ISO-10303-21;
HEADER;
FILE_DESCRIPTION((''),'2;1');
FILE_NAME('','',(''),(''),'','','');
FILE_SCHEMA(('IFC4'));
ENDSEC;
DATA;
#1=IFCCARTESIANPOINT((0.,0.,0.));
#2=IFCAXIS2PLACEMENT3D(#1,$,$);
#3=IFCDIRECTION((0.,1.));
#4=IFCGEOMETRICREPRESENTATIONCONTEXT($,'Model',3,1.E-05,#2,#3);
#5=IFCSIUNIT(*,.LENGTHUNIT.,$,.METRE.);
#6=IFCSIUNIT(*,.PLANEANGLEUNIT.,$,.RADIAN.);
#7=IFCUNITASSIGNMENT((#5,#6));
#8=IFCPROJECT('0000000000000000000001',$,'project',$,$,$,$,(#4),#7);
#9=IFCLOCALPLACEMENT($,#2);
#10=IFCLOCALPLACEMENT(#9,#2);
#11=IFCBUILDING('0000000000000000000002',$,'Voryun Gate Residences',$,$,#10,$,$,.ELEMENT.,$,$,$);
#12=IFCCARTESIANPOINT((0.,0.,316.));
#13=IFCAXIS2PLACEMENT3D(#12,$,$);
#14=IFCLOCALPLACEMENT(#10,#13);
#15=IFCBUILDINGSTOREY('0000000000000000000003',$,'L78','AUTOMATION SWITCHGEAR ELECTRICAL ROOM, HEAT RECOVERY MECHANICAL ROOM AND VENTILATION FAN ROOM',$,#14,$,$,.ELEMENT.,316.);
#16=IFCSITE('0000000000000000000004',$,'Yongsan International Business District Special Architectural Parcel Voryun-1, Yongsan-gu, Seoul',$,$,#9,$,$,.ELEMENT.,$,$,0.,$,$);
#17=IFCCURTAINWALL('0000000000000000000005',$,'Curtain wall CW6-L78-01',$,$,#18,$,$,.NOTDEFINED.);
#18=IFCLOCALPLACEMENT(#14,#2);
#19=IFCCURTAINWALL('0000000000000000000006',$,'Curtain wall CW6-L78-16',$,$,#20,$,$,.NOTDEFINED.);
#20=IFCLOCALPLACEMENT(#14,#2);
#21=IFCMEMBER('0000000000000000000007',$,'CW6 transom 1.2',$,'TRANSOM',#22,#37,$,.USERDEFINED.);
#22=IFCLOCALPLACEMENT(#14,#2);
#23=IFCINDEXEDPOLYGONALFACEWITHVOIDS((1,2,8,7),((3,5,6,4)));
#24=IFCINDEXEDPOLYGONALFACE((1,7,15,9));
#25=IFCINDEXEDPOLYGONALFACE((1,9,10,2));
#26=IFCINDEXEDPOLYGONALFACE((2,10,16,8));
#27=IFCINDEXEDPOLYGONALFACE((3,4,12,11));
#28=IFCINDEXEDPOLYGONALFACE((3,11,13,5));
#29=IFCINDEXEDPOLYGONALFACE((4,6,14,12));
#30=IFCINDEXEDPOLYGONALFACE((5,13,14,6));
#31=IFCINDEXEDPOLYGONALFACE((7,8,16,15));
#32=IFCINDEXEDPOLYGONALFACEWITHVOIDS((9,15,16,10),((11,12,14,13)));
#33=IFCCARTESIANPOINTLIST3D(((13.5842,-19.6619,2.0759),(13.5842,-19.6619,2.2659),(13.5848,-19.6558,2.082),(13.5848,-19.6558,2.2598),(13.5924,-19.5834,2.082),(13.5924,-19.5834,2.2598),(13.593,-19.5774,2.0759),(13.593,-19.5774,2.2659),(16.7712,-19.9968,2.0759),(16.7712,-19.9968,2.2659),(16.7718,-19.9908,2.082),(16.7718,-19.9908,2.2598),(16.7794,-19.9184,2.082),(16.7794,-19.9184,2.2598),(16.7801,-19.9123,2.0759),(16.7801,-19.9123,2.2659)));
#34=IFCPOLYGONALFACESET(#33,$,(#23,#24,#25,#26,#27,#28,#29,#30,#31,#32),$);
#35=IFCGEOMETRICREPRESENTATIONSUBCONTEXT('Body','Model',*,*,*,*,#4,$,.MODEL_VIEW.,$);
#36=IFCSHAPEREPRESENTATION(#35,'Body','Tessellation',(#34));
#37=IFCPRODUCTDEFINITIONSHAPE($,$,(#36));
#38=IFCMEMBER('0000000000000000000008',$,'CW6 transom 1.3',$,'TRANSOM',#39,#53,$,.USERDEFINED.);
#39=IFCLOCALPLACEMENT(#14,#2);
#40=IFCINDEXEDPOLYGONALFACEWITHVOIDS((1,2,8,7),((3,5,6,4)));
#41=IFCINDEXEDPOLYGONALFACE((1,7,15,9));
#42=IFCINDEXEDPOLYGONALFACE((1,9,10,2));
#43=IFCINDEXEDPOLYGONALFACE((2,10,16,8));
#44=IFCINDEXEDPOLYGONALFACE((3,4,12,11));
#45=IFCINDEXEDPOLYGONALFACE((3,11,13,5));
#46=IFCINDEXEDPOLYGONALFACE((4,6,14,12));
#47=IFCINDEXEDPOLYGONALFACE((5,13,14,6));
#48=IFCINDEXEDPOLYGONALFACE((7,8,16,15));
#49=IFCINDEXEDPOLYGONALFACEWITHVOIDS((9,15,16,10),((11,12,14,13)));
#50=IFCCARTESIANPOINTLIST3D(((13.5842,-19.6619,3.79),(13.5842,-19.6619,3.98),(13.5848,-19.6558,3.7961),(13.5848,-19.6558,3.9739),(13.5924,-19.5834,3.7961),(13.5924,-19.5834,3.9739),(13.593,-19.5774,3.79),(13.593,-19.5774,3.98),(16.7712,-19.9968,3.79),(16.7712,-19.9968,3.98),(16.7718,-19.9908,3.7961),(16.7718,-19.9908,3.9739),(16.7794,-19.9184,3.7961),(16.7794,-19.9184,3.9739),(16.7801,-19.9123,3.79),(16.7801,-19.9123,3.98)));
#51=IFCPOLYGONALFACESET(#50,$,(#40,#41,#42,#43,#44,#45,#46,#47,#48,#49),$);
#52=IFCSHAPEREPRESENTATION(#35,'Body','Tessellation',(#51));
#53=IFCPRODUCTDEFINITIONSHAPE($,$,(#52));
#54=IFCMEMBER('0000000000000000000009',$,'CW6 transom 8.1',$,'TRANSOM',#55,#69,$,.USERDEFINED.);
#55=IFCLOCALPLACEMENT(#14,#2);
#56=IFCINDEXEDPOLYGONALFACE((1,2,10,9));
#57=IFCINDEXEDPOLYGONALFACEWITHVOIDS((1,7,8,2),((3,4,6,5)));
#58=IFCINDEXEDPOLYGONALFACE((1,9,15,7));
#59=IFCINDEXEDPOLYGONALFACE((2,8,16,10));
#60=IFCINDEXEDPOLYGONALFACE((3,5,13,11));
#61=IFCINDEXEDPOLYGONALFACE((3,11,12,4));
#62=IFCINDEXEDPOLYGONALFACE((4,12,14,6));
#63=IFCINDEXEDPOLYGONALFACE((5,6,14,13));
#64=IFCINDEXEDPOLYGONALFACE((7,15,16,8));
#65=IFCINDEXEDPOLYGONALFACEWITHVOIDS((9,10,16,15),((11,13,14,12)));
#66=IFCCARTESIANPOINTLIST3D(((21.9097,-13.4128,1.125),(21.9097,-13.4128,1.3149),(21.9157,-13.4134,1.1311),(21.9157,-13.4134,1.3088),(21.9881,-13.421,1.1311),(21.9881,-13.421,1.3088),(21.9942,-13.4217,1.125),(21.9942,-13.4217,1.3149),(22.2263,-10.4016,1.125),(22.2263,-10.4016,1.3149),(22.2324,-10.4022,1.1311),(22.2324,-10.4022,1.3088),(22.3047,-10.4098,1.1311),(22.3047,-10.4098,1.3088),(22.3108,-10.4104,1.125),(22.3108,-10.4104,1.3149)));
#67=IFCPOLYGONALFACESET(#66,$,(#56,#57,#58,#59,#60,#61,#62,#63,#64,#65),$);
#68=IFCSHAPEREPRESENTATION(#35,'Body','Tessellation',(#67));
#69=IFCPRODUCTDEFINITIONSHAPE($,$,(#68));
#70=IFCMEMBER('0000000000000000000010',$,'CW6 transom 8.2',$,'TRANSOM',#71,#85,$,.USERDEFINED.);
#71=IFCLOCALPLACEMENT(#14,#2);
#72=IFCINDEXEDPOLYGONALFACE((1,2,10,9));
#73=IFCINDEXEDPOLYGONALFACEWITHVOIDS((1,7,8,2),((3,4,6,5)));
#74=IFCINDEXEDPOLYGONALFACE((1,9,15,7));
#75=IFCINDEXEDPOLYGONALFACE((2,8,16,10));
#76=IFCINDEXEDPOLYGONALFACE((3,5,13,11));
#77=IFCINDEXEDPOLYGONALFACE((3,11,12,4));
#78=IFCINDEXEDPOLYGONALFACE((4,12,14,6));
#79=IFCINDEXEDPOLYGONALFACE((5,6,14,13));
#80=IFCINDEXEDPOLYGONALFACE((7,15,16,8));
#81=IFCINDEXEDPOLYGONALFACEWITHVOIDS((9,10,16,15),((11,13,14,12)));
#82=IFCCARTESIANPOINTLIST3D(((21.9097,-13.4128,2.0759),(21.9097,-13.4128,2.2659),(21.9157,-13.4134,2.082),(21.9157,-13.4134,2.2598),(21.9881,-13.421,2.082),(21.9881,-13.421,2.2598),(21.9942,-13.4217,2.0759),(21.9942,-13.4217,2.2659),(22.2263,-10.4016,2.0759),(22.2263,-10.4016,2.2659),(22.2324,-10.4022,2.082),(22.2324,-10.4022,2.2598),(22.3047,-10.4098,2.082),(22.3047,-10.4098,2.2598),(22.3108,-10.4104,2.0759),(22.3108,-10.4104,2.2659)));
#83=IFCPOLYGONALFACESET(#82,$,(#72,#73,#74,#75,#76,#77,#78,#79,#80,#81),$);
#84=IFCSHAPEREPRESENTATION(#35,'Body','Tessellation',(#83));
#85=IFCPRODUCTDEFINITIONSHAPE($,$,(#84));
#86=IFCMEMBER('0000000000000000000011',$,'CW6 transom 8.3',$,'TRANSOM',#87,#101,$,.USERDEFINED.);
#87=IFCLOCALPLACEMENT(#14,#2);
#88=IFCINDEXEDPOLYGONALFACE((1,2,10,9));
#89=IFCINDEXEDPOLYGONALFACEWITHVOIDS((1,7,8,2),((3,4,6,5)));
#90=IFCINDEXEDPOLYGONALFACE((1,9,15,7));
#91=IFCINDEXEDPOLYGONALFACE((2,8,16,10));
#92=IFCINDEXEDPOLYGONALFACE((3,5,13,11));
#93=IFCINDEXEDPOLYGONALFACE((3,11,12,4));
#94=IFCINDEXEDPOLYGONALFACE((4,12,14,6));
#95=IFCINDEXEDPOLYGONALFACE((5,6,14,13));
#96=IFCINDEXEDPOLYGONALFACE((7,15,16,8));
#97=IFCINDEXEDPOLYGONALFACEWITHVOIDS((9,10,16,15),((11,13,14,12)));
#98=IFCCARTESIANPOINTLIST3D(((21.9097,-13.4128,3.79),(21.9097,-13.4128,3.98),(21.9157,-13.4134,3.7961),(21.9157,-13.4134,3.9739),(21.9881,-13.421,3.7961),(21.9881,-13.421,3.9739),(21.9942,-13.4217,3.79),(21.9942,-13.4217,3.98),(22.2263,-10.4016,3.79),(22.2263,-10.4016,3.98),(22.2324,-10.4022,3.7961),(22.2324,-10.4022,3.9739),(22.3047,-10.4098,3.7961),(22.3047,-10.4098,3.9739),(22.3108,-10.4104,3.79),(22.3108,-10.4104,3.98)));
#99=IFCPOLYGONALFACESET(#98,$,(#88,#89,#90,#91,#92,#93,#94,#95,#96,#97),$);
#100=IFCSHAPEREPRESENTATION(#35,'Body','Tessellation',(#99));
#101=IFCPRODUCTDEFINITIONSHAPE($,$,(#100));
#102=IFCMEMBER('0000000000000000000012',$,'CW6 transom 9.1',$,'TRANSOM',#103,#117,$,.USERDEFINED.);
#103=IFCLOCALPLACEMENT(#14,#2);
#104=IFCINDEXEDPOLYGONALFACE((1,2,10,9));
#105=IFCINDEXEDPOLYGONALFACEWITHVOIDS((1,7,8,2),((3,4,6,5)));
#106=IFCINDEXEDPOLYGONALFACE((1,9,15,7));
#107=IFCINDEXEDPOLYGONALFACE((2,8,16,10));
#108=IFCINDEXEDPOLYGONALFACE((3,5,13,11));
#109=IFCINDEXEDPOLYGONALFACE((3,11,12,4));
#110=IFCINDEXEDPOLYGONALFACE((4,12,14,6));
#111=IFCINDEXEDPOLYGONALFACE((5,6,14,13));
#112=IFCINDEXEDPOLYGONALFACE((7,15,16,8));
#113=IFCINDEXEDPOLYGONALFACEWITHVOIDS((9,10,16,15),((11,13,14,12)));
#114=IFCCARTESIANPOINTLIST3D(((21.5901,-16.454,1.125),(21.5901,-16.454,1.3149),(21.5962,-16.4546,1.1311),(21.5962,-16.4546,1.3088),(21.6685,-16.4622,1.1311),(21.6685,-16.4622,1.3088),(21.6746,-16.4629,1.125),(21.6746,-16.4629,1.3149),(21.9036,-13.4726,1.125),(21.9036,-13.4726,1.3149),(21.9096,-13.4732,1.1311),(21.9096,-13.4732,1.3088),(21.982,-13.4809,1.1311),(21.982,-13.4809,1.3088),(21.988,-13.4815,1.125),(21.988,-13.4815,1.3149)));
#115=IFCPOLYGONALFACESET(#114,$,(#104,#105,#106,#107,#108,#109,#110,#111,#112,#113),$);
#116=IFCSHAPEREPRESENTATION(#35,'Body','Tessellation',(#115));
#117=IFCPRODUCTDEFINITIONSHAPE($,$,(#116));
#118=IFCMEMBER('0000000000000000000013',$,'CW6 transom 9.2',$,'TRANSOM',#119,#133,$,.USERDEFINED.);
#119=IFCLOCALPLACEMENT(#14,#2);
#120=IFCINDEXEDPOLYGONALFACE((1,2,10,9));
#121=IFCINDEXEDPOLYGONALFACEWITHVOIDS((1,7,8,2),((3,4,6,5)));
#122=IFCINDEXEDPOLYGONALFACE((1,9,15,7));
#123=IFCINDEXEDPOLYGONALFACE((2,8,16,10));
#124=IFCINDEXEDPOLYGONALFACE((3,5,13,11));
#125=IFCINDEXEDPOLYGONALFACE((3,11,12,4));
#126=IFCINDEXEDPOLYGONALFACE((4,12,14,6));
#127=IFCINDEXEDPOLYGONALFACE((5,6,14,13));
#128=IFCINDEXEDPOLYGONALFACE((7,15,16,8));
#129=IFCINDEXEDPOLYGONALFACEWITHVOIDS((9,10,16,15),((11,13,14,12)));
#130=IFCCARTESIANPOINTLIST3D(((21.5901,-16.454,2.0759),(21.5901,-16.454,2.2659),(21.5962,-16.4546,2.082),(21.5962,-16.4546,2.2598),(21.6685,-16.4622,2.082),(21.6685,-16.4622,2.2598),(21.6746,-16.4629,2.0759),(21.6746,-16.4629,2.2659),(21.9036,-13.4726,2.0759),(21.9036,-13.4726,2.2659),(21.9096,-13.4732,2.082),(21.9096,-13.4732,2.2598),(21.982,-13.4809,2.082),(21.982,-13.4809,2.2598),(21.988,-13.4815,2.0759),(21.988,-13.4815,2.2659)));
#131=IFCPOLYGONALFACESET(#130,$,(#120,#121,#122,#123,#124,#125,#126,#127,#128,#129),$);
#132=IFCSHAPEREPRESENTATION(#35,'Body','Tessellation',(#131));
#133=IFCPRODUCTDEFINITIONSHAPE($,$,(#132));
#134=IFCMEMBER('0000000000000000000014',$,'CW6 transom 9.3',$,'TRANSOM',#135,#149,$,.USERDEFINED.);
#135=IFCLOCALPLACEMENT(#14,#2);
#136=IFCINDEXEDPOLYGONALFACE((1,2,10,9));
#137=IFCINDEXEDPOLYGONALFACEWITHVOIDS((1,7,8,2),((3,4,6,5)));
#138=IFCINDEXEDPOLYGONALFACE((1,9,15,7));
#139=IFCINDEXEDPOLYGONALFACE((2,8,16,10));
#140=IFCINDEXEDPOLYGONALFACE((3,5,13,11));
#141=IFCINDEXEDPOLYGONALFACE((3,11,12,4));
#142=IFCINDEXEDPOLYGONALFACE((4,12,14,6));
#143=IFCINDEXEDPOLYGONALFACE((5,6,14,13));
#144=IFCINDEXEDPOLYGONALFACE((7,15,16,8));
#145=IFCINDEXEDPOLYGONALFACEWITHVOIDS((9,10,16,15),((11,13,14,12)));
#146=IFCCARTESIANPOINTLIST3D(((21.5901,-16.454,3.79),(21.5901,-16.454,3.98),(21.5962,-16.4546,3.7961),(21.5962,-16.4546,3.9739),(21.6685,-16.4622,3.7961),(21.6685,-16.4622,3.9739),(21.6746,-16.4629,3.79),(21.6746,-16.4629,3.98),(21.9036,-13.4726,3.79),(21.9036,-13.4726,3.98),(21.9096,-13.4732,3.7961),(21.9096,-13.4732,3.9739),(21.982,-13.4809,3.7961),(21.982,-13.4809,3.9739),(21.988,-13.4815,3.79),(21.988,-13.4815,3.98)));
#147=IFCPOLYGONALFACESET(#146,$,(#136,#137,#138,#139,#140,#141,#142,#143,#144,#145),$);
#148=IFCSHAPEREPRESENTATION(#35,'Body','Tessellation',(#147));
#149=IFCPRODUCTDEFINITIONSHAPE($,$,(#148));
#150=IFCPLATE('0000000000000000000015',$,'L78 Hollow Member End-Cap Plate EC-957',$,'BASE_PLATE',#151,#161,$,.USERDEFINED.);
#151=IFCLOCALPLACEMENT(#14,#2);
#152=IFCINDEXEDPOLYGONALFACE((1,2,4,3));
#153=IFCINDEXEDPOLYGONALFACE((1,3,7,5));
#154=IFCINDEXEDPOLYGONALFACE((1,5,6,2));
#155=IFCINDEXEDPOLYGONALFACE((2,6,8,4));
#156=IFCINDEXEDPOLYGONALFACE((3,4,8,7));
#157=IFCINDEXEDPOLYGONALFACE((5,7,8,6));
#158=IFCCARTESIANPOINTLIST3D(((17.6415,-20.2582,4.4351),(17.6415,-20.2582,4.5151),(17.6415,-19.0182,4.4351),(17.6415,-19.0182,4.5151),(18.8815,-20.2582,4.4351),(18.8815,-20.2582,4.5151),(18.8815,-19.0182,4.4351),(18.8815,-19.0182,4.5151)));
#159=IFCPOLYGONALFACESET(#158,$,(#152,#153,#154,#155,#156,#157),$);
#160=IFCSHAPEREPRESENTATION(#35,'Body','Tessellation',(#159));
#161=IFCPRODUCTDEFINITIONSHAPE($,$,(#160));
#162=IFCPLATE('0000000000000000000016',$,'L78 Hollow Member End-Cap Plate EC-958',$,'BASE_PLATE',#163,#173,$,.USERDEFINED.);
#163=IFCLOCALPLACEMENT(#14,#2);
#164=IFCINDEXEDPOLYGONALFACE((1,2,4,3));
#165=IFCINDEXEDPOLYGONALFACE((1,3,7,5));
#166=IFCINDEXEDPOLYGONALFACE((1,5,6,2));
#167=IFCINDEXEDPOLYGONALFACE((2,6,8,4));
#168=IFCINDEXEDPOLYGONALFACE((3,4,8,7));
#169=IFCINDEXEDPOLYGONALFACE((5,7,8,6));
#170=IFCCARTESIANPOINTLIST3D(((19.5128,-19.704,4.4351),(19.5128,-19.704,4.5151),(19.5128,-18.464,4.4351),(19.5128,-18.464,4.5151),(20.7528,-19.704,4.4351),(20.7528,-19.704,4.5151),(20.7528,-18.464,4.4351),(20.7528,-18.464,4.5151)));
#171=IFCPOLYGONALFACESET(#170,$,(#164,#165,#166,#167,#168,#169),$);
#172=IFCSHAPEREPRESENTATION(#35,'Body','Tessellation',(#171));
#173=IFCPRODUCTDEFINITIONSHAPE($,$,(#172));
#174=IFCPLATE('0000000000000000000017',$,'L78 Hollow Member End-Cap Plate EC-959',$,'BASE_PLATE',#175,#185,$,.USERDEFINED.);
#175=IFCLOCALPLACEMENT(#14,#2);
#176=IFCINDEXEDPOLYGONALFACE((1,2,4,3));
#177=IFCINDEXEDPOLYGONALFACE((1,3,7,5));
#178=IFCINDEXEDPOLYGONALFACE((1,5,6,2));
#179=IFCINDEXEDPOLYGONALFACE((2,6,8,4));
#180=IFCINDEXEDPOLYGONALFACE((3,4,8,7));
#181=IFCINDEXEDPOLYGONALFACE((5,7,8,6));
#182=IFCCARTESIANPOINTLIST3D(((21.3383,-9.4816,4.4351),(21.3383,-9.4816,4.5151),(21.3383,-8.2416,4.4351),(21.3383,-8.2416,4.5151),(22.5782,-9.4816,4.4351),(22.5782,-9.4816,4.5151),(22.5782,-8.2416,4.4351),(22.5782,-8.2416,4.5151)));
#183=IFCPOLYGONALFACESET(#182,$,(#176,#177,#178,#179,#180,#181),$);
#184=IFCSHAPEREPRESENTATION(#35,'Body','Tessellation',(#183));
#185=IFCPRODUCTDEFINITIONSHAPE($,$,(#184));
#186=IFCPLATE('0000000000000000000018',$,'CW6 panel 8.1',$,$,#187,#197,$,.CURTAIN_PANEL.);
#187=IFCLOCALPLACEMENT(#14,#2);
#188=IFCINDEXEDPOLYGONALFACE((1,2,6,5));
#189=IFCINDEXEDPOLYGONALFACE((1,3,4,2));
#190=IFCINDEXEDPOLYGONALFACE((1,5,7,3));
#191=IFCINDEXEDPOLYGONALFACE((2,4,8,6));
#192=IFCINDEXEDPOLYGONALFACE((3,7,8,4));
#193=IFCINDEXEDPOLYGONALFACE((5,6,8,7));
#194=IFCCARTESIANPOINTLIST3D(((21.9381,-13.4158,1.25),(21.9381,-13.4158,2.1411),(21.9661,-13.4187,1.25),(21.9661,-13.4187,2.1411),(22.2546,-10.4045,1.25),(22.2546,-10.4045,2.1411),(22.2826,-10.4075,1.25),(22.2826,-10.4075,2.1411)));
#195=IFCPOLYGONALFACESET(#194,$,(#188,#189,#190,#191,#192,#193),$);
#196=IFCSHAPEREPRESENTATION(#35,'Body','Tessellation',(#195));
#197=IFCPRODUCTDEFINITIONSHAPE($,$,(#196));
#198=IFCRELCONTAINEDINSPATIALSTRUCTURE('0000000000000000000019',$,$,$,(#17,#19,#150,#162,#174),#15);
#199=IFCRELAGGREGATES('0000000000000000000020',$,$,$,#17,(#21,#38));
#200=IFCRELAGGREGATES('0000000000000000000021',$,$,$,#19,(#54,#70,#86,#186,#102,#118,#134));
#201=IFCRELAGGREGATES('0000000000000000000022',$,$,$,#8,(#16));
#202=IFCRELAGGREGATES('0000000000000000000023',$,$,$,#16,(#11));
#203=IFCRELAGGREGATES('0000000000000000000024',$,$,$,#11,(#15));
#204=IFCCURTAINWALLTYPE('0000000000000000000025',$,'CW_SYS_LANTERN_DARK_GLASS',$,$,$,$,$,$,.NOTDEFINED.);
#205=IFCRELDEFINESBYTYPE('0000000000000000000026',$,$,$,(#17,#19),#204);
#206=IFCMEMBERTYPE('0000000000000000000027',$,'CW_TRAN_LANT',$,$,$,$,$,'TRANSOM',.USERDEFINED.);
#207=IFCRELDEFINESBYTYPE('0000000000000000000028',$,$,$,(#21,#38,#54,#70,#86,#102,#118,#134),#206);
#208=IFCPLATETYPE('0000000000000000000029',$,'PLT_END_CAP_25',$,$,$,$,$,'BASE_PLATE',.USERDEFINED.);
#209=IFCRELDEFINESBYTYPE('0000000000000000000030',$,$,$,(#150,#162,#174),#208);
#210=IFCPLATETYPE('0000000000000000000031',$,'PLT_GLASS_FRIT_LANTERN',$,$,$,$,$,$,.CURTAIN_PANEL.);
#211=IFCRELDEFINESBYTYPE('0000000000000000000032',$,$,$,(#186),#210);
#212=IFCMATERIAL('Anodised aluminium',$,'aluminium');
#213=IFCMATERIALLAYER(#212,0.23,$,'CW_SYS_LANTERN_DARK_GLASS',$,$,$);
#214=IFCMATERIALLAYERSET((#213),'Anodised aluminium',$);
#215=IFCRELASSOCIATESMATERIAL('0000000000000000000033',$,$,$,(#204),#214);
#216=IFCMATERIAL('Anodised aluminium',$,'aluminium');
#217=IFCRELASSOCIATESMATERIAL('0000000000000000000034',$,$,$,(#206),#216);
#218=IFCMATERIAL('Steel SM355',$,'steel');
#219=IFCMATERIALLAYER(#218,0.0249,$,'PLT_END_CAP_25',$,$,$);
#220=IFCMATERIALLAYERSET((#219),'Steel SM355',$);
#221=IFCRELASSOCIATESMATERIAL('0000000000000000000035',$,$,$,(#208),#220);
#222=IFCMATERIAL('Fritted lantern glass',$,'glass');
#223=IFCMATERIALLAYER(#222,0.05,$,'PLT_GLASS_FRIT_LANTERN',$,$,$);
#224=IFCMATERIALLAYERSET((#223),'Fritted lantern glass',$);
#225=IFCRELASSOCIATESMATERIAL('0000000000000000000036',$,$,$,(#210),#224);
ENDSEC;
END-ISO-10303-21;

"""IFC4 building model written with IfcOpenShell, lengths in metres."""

from ifc_helpers import new_model, si_unit, direction, frame, origin, origin_2d, place, context, subcontext, project, spatial, rectangle, hollow_rectangle, extrude, material, layer, layer_set, material_profile, profile_set, type_object, element, aggregate, save


model = new_model("IFC4")

# Units and contexts
model_context = context("Model", 3, precision=1e-05, world=origin(), true_north=direction((0.0, 1.0)))
body_context = subcontext(model_context, "Body", "Model", "MODEL_VIEW")
ifc_project = project(units=[si_unit("LENGTHUNIT", "METRE"), si_unit("PLANEANGLEUNIT", "RADIAN")], contexts=[model_context])

# Site, building, storey
site_placement = place(None, origin())
site = spatial("IfcSite", under=ifc_project, at=site_placement, Name="Yongsan International Business District Special Architectural Parcel Voryun-1, Yongsan-gu, Seoul", CompositionType="ELEMENT", RefElevation=0.0)
building_placement = place(site_placement, origin())
building = spatial("IfcBuilding", under=site, at=building_placement, Name="Voryun Gate Residences", CompositionType="ELEMENT")
storey_placement = place(building_placement, frame((0.0, 0.0, 316.0)))
storey = spatial("IfcBuildingStorey", under=building, at=storey_placement, Name="L78", Description="AUTOMATION SWITCHGEAR ELECTRICAL ROOM, HEAT RECOVERY MECHANICAL ROOM AND VENTILATION FAN ROOM", CompositionType="ELEMENT", Elevation=316.0)

# Curtain wall
ifc_material_1 = material(Name="Anodised aluminium", Category="aluminium")
ifc_layer_1 = layer(ifc_material_1, 0.23, Name="CW_SYS_LANTERN_DARK_GLASS")
ifc_layer_set_1 = layer_set([ifc_layer_1], Name="Anodised aluminium")
curtain_wall_type = type_object("IfcCurtainWallType", Name="CW_SYS_LANTERN_DARK_GLASS", PredefinedType="NOTDEFINED", material=ifc_layer_set_1)
curtain_wall_1_placement = place(storey_placement, origin())
curtain_wall_1 = element("IfcCurtainWall", 1, at=curtain_wall_1_placement, inside=storey, type_object=curtain_wall_type, Name="Curtain wall CW6-L78-01", PredefinedType="NOTDEFINED")

# Curtain wall
curtain_wall_2_placement = place(storey_placement, origin())
curtain_wall_2 = element("IfcCurtainWall", 2, at=curtain_wall_2_placement, inside=storey, type_object=curtain_wall_type, Name="Curtain wall CW6-L78-16", PredefinedType="NOTDEFINED")

# Members
ifc_material_2 = material(Name="Anodised aluminium", Category="aluminium")
ifc_material_profile_1 = material_profile(ifc_material_2, hollow_rectangle(XDim=0.085, YDim=0.1899, WallThickness=0.0061, at=origin_2d()), Name="ALU-TRAN-190x85x6")
ifc_profile_set_1 = profile_set([ifc_material_profile_1], Name="Anodised aluminium")
member_type_1 = type_object("IfcMemberType", Name="CW_TRAN_LANT", ElementType="TRANSOM", PredefinedType="USERDEFINED", material=ifc_profile_set_1)
member_1_placement = place(storey_placement, frame((16.7756, -19.9546, 2.1709), z_axis=(-0.994522, 0.104526, 0.0), x_axis=(-0.104526, -0.994522, 0.0)))
member_1 = element("IfcMember", 3, at=member_1_placement, type_object=member_type_1, Name="CW6 transom 1.2", ObjectType="TRANSOM", PredefinedType="USERDEFINED", context=body_context, shape_type="SweptSolid", body=[
    extrude(hollow_rectangle(XDim=0.085, YDim=0.1899, WallThickness=0.0061, at=origin_2d()), origin(), (0.0, 0.0, 1.0), 3.2046),
])
member_2_placement = place(storey_placement, frame((16.7756, -19.9546, 3.885), z_axis=(-0.994522, 0.104526, 0.0), x_axis=(-0.104526, -0.994522, 0.0)))
member_2 = element("IfcMember", 4, at=member_2_placement, type_object=member_type_1, Name="CW6 transom 1.3", ObjectType="TRANSOM", PredefinedType="USERDEFINED", context=body_context, shape_type="SweptSolid", body=[
    extrude(hollow_rectangle(XDim=0.085, YDim=0.1899, WallThickness=0.0061, at=origin_2d()), origin(), (0.0, 0.0, 1.0), 3.2046),
])
aggregate(curtain_wall_1, [member_1, member_2])
member_3_placement = place(storey_placement, frame((22.2686, -10.406, 1.22), z_axis=(-0.10458, -0.994516, 0.0), x_axis=(0.994516, -0.10458, 0.0)))
member_3 = element("IfcMember", 5, at=member_3_placement, type_object=member_type_1, Name="CW6 transom 8.1", ObjectType="TRANSOM", PredefinedType="USERDEFINED", context=body_context, shape_type="SweptSolid", body=[
    extrude(hollow_rectangle(XDim=0.085, YDim=0.1899, WallThickness=0.0061, at=origin_2d()), origin(), (0.0, 0.0, 1.0), 3.0278),
])
member_4_placement = place(storey_placement, frame((22.2686, -10.406, 2.1709), z_axis=(-0.10458, -0.994516, 0.0), x_axis=(0.994516, -0.10458, 0.0)))
member_4 = element("IfcMember", 6, at=member_4_placement, type_object=member_type_1, Name="CW6 transom 8.2", ObjectType="TRANSOM", PredefinedType="USERDEFINED", context=body_context, shape_type="SweptSolid", body=[
    extrude(hollow_rectangle(XDim=0.085, YDim=0.1899, WallThickness=0.0061, at=origin_2d()), origin(), (0.0, 0.0, 1.0), 3.0278),
])
member_5_placement = place(storey_placement, frame((22.2686, -10.406, 3.885), z_axis=(-0.10458, -0.994516, 0.0), x_axis=(0.994516, -0.10458, 0.0)))
member_5 = element("IfcMember", 7, at=member_5_placement, type_object=member_type_1, Name="CW6 transom 8.3", ObjectType="TRANSOM", PredefinedType="USERDEFINED", context=body_context, shape_type="SweptSolid", body=[
    extrude(hollow_rectangle(XDim=0.085, YDim=0.1899, WallThickness=0.0061, at=origin_2d()), origin(), (0.0, 0.0, 1.0), 3.0278),
])
member_6_placement = place(storey_placement, frame((21.9458, -13.4771, 1.22), z_axis=(-0.104566, -0.994518, 0.0), x_axis=(0.994518, -0.104566, 0.0)))
member_6 = element("IfcMember", 8, at=member_6_placement, type_object=member_type_1, Name="CW6 transom 9.1", ObjectType="TRANSOM", PredefinedType="USERDEFINED", context=body_context, shape_type="SweptSolid", body=[
    extrude(hollow_rectangle(XDim=0.085, YDim=0.1899, WallThickness=0.0061, at=origin_2d()), origin(), (0.0, 0.0, 1.0), 2.9978),
])
member_7_placement = place(storey_placement, frame((21.9458, -13.4771, 2.1709), z_axis=(-0.104566, -0.994518, 0.0), x_axis=(0.994518, -0.104566, 0.0)))
member_7 = element("IfcMember", 9, at=member_7_placement, type_object=member_type_1, Name="CW6 transom 9.2", ObjectType="TRANSOM", PredefinedType="USERDEFINED", context=body_context, shape_type="SweptSolid", body=[
    extrude(hollow_rectangle(XDim=0.085, YDim=0.1899, WallThickness=0.0061, at=origin_2d()), origin(), (0.0, 0.0, 1.0), 2.9978),
])
member_8_placement = place(storey_placement, frame((21.9458, -13.4771, 3.885), z_axis=(-0.104566, -0.994518, 0.0), x_axis=(0.994518, -0.104566, 0.0)))
member_8 = element("IfcMember", 10, at=member_8_placement, type_object=member_type_1, Name="CW6 transom 9.3", ObjectType="TRANSOM", PredefinedType="USERDEFINED", context=body_context, shape_type="SweptSolid", body=[
    extrude(hollow_rectangle(XDim=0.085, YDim=0.1899, WallThickness=0.0061, at=origin_2d()), origin(), (0.0, 0.0, 1.0), 2.9978),
])

# Plates
ifc_material_3 = material(Name="Steel SM355", Category="steel")
ifc_layer_2 = layer(ifc_material_3, 0.0249, Name="PLT_END_CAP_25")
ifc_layer_set_2 = layer_set([ifc_layer_2], Name="Steel SM355")
plate_type_1 = type_object("IfcPlateType", Name="PLT_END_CAP_25", ElementType="BASE_PLATE", PredefinedType="USERDEFINED", material=ifc_layer_set_2)
for number, where, z_axis, x_axis, name in (
    (11, (18.2615, -19.6382, 4.4351), (0.0, 0.0, 1.0), (1.0, 0.0, 0.0), "L78 Hollow Member End-Cap Plate EC-957"),
    (12, (20.1328, -19.084, 4.4351), (0.0, 0.0, 1.0), (1.0, 0.0, 0.0), "L78 Hollow Member End-Cap Plate EC-958"),
    (13, (21.9583, -8.8616, 4.4351), (0.0, 0.0, 1.0), (1.0, 0.0, 0.0), "L78 Hollow Member End-Cap Plate EC-959"),
):
    element("IfcPlate", number, at=place(storey_placement, frame(where, z_axis=z_axis, x_axis=x_axis)), inside=storey, type_object=plate_type_1, Name=name, ObjectType="BASE_PLATE", PredefinedType="USERDEFINED", context=body_context, shape_type="SweptSolid", body=[
        extrude(rectangle(XDim=1.24, YDim=1.24, at=origin_2d()), origin(), (0.0, 0.0, 1.0), 0.0801),
    ])

# Plate
ifc_material_4 = material(Name="Fritted lantern glass", Category="glass")
ifc_layer_3 = layer(ifc_material_4, 0.05, Name="PLT_GLASS_FRIT_LANTERN")
ifc_layer_set_3 = layer_set([ifc_layer_3], Name="Fritted lantern glass")
plate_type_2 = type_object("IfcPlateType", Name="PLT_GLASS_FRIT_LANTERN", PredefinedType="CURTAIN_PANEL", material=ifc_layer_set_3)
plate_1_placement = place(storey_placement, frame((22.1104, -11.9116, 1.25), z_axis=(0.0, 0.0, 1.0), x_axis=(-0.104528, -0.994522, 0.0)))
plate_1 = element("IfcPlate", 14, at=plate_1_placement, type_object=plate_type_2, Name="CW6 panel 8.1", PredefinedType="CURTAIN_PANEL", context=body_context, shape_type="SweptSolid", body=[
    extrude(rectangle(XDim=3.0278, YDim=0.0281, at=origin_2d()), origin(), (0.0, 0.0, 1.0), 0.8911),
])
aggregate(curtain_wall_2, [member_3, member_4, member_5, plate_1, member_6, member_7, member_8])

save(model, "model.ifc")
